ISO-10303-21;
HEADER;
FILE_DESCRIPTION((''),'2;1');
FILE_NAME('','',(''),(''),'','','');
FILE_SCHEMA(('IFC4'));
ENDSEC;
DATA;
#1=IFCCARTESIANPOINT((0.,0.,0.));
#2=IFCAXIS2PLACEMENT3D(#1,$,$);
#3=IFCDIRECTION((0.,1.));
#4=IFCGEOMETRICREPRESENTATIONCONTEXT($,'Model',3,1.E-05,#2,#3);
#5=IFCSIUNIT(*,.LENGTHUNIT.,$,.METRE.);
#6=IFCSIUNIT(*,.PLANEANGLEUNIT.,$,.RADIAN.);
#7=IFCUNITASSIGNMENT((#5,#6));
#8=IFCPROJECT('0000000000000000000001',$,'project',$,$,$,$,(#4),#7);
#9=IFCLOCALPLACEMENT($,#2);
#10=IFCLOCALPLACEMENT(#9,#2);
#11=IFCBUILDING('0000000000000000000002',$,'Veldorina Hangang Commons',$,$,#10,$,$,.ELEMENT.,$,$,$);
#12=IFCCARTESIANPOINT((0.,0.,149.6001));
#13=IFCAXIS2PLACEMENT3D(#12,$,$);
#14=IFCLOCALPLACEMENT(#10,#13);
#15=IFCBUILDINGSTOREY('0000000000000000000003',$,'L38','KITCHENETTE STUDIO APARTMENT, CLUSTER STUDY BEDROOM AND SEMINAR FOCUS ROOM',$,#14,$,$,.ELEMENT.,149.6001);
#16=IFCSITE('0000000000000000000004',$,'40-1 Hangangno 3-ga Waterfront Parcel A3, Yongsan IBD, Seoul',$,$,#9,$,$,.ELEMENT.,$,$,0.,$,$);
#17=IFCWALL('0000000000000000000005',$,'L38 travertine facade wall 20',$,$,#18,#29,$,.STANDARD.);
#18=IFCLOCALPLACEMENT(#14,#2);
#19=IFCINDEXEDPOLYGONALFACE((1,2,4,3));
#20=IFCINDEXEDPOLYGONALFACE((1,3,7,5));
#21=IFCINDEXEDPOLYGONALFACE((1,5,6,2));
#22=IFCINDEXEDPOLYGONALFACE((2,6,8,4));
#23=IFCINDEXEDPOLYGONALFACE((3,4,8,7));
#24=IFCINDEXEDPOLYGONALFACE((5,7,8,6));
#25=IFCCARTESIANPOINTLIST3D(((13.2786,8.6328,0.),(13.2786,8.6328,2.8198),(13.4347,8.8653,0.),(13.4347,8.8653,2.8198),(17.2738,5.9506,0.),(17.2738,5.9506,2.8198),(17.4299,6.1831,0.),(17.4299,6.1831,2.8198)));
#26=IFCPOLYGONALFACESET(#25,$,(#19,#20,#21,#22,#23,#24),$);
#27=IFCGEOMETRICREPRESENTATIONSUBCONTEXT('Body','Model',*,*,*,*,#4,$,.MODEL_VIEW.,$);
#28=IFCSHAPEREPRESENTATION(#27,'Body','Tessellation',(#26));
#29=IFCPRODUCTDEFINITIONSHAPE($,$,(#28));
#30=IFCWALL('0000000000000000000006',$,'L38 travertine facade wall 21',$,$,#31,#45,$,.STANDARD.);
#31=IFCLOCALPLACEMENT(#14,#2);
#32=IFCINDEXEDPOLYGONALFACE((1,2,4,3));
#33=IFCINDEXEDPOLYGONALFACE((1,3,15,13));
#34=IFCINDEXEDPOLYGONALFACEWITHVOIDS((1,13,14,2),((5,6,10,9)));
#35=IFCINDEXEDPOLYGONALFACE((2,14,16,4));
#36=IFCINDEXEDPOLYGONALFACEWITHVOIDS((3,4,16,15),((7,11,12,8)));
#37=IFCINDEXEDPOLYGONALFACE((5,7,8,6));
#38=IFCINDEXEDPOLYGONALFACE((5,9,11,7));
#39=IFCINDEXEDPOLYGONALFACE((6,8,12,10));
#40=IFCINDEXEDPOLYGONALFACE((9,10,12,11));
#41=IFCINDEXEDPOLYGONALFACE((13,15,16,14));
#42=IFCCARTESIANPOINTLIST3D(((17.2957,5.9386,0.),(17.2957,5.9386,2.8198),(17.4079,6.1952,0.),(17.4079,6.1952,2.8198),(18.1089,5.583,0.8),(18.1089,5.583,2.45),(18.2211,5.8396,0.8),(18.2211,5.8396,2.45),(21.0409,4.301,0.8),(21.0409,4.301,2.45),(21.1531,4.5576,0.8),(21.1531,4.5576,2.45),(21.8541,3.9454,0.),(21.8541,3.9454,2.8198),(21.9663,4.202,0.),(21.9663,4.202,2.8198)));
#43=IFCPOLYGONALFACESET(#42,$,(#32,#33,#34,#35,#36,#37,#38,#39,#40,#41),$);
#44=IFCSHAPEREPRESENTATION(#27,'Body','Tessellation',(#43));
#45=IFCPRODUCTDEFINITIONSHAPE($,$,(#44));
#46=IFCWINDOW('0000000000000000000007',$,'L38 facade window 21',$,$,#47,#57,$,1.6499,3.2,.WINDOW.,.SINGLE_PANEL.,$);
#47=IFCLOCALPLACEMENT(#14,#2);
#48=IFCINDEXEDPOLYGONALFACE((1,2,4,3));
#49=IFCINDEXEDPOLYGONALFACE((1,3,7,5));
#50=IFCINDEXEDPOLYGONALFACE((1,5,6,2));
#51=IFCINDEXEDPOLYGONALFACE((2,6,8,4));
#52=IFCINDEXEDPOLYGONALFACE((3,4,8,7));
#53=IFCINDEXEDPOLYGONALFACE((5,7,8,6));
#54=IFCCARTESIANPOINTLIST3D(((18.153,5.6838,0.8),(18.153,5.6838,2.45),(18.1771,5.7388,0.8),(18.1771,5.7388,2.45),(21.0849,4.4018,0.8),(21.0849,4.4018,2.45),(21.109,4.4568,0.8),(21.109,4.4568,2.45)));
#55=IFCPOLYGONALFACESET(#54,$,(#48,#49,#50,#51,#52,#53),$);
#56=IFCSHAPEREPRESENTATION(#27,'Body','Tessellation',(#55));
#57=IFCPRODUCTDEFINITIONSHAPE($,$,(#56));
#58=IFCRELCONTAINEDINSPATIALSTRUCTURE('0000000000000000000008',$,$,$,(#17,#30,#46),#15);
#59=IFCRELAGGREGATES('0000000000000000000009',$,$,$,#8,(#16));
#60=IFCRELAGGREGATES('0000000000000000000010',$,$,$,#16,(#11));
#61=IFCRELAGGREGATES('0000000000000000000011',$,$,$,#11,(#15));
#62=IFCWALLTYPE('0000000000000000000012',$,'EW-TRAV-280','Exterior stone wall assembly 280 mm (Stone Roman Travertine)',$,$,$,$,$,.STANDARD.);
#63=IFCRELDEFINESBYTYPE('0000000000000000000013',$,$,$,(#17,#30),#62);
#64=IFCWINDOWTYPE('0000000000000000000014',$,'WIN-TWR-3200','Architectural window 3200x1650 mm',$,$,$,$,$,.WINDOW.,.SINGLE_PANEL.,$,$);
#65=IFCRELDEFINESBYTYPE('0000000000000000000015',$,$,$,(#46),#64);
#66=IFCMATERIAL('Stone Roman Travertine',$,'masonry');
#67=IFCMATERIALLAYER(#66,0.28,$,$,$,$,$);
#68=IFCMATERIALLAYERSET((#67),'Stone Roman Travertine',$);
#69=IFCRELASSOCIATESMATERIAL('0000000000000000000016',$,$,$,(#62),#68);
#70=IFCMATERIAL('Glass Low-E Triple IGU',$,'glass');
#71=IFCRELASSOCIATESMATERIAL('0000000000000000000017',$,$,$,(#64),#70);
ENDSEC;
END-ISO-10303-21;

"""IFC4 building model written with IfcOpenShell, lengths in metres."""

from ifc_helpers import new_model, si_unit, direction, frame, frame_2d, origin, place, context, subcontext, project, spatial, rectangle, extrude, material, layer, layer_set, type_object, element, fill, save


model = new_model("IFC4")

# Units and contexts
model_context = context("Model", 3, precision=1e-05, world=origin(), true_north=direction((0.0, 1.0)))
body_context = subcontext(model_context, "Body", "Model", "MODEL_VIEW")
ifc_project = project(units=[si_unit("LENGTHUNIT", "METRE"), si_unit("PLANEANGLEUNIT", "RADIAN")], contexts=[model_context])

# Site, building, storey
site_placement = place(None, origin())
site = spatial("IfcSite", under=ifc_project, at=site_placement, Name="40-1 Hangangno 3-ga Waterfront Parcel A3, Yongsan IBD, Seoul", CompositionType="ELEMENT", RefElevation=0.0)
building_placement = place(site_placement, origin())
building = spatial("IfcBuilding", under=site, at=building_placement, Name="Veldorina Hangang Commons", CompositionType="ELEMENT")
storey_placement = place(building_placement, frame((0.0, 0.0, 149.6001)))
storey = spatial("IfcBuildingStorey", under=building, at=storey_placement, Name="L38", Description="KITCHENETTE STUDIO APARTMENT, CLUSTER STUDY BEDROOM AND SEMINAR FOCUS ROOM", CompositionType="ELEMENT", Elevation=149.6001)

# Wall
ifc_material_1 = material(Name="Stone Roman Travertine", Category="masonry")
ifc_layer_1 = layer(ifc_material_1, 0.28)
ifc_layer_set_1 = layer_set([ifc_layer_1], Name="Stone Roman Travertine")
wall_type = type_object("IfcWallType", Name="EW-TRAV-280", Description="Exterior stone wall assembly 280 mm (Stone Roman Travertine)", PredefinedType="STANDARD", material=ifc_layer_set_1)
wall_1_placement = place(storey_placement, frame((13.3567, 8.749, 0.0), z_axis=(0.0, 0.0, 1.0), x_axis=(0.830251, -0.55739, 0.0)))
element("IfcWall", 1, at=wall_1_placement, inside=storey, type_object=wall_type, Name="L38 travertine facade wall 20", PredefinedType="STANDARD", context=body_context, shape_type="SweptSolid", body=[
    extrude(rectangle(XDim=4.812, YDim=0.28, at=frame_2d((2.406, 0.0))), origin(), (0.0, 0.0, 1.0), 2.8198),
])

# Wall, opening, window
wall_2_placement = place(storey_placement, frame((17.3518, 6.0669, 0.0), z_axis=(0.0, 0.0, 1.0), x_axis=(0.91624, -0.400631, 0.0)))
wall_2 = element("IfcWall", 2, at=wall_2_placement, inside=storey, type_object=wall_type, Name="L38 travertine facade wall 21", PredefinedType="STANDARD", context=body_context, shape_type="SweptSolid", body=[
    extrude(rectangle(XDim=4.9751, YDim=0.28, at=frame_2d((2.4875, 0.0))), origin(), (0.0, 0.0, 1.0), 2.8198),
])
opening_placement = place(wall_2_placement, frame((0.8875, 0.0, 0.8)))
opening = element("IfcOpeningElement", 3, at=opening_placement, cuts=wall_2, PredefinedType="OPENING", context=body_context, shape_type="SweptSolid", body=[
    extrude(rectangle(XDim=3.2, YDim=1.6499, at=frame_2d((1.6001, 0.825))), frame((0.0, 0.1499, 0.0), z_axis=(0.0, -1.0, 0.0), x_axis=(1.0, 0.0, 0.0)), (0.0, 0.0, 1.0), 0.3),
])
ifc_material_2 = material(Name="Glass Low-E Triple IGU", Category="glass")
window_type = type_object("IfcWindowType", Name="WIN-TWR-3200", Description="Architectural window 3200x1650 mm", PartitioningType="SINGLE_PANEL", PredefinedType="WINDOW", material=ifc_material_2)
window_placement = place(opening_placement, origin())
window = element("IfcWindow", 4, at=window_placement, inside=storey, type_object=window_type, Name="L38 facade window 21", OverallHeight=1.6499, OverallWidth=3.2, PartitioningType="SINGLE_PANEL", PredefinedType="WINDOW", context=body_context, shape_type="SweptSolid", body=[
    extrude(rectangle(XDim=3.2, YDim=1.6499, at=frame_2d((1.6001, 0.825))), frame((0.0, 0.03, 0.0), z_axis=(0.0, -1.0, 0.0), x_axis=(1.0, 0.0, 0.0)), (0.0, 0.0, 1.0), 0.0601),
])
fill(opening, window)

save(model, "model.ifc")
